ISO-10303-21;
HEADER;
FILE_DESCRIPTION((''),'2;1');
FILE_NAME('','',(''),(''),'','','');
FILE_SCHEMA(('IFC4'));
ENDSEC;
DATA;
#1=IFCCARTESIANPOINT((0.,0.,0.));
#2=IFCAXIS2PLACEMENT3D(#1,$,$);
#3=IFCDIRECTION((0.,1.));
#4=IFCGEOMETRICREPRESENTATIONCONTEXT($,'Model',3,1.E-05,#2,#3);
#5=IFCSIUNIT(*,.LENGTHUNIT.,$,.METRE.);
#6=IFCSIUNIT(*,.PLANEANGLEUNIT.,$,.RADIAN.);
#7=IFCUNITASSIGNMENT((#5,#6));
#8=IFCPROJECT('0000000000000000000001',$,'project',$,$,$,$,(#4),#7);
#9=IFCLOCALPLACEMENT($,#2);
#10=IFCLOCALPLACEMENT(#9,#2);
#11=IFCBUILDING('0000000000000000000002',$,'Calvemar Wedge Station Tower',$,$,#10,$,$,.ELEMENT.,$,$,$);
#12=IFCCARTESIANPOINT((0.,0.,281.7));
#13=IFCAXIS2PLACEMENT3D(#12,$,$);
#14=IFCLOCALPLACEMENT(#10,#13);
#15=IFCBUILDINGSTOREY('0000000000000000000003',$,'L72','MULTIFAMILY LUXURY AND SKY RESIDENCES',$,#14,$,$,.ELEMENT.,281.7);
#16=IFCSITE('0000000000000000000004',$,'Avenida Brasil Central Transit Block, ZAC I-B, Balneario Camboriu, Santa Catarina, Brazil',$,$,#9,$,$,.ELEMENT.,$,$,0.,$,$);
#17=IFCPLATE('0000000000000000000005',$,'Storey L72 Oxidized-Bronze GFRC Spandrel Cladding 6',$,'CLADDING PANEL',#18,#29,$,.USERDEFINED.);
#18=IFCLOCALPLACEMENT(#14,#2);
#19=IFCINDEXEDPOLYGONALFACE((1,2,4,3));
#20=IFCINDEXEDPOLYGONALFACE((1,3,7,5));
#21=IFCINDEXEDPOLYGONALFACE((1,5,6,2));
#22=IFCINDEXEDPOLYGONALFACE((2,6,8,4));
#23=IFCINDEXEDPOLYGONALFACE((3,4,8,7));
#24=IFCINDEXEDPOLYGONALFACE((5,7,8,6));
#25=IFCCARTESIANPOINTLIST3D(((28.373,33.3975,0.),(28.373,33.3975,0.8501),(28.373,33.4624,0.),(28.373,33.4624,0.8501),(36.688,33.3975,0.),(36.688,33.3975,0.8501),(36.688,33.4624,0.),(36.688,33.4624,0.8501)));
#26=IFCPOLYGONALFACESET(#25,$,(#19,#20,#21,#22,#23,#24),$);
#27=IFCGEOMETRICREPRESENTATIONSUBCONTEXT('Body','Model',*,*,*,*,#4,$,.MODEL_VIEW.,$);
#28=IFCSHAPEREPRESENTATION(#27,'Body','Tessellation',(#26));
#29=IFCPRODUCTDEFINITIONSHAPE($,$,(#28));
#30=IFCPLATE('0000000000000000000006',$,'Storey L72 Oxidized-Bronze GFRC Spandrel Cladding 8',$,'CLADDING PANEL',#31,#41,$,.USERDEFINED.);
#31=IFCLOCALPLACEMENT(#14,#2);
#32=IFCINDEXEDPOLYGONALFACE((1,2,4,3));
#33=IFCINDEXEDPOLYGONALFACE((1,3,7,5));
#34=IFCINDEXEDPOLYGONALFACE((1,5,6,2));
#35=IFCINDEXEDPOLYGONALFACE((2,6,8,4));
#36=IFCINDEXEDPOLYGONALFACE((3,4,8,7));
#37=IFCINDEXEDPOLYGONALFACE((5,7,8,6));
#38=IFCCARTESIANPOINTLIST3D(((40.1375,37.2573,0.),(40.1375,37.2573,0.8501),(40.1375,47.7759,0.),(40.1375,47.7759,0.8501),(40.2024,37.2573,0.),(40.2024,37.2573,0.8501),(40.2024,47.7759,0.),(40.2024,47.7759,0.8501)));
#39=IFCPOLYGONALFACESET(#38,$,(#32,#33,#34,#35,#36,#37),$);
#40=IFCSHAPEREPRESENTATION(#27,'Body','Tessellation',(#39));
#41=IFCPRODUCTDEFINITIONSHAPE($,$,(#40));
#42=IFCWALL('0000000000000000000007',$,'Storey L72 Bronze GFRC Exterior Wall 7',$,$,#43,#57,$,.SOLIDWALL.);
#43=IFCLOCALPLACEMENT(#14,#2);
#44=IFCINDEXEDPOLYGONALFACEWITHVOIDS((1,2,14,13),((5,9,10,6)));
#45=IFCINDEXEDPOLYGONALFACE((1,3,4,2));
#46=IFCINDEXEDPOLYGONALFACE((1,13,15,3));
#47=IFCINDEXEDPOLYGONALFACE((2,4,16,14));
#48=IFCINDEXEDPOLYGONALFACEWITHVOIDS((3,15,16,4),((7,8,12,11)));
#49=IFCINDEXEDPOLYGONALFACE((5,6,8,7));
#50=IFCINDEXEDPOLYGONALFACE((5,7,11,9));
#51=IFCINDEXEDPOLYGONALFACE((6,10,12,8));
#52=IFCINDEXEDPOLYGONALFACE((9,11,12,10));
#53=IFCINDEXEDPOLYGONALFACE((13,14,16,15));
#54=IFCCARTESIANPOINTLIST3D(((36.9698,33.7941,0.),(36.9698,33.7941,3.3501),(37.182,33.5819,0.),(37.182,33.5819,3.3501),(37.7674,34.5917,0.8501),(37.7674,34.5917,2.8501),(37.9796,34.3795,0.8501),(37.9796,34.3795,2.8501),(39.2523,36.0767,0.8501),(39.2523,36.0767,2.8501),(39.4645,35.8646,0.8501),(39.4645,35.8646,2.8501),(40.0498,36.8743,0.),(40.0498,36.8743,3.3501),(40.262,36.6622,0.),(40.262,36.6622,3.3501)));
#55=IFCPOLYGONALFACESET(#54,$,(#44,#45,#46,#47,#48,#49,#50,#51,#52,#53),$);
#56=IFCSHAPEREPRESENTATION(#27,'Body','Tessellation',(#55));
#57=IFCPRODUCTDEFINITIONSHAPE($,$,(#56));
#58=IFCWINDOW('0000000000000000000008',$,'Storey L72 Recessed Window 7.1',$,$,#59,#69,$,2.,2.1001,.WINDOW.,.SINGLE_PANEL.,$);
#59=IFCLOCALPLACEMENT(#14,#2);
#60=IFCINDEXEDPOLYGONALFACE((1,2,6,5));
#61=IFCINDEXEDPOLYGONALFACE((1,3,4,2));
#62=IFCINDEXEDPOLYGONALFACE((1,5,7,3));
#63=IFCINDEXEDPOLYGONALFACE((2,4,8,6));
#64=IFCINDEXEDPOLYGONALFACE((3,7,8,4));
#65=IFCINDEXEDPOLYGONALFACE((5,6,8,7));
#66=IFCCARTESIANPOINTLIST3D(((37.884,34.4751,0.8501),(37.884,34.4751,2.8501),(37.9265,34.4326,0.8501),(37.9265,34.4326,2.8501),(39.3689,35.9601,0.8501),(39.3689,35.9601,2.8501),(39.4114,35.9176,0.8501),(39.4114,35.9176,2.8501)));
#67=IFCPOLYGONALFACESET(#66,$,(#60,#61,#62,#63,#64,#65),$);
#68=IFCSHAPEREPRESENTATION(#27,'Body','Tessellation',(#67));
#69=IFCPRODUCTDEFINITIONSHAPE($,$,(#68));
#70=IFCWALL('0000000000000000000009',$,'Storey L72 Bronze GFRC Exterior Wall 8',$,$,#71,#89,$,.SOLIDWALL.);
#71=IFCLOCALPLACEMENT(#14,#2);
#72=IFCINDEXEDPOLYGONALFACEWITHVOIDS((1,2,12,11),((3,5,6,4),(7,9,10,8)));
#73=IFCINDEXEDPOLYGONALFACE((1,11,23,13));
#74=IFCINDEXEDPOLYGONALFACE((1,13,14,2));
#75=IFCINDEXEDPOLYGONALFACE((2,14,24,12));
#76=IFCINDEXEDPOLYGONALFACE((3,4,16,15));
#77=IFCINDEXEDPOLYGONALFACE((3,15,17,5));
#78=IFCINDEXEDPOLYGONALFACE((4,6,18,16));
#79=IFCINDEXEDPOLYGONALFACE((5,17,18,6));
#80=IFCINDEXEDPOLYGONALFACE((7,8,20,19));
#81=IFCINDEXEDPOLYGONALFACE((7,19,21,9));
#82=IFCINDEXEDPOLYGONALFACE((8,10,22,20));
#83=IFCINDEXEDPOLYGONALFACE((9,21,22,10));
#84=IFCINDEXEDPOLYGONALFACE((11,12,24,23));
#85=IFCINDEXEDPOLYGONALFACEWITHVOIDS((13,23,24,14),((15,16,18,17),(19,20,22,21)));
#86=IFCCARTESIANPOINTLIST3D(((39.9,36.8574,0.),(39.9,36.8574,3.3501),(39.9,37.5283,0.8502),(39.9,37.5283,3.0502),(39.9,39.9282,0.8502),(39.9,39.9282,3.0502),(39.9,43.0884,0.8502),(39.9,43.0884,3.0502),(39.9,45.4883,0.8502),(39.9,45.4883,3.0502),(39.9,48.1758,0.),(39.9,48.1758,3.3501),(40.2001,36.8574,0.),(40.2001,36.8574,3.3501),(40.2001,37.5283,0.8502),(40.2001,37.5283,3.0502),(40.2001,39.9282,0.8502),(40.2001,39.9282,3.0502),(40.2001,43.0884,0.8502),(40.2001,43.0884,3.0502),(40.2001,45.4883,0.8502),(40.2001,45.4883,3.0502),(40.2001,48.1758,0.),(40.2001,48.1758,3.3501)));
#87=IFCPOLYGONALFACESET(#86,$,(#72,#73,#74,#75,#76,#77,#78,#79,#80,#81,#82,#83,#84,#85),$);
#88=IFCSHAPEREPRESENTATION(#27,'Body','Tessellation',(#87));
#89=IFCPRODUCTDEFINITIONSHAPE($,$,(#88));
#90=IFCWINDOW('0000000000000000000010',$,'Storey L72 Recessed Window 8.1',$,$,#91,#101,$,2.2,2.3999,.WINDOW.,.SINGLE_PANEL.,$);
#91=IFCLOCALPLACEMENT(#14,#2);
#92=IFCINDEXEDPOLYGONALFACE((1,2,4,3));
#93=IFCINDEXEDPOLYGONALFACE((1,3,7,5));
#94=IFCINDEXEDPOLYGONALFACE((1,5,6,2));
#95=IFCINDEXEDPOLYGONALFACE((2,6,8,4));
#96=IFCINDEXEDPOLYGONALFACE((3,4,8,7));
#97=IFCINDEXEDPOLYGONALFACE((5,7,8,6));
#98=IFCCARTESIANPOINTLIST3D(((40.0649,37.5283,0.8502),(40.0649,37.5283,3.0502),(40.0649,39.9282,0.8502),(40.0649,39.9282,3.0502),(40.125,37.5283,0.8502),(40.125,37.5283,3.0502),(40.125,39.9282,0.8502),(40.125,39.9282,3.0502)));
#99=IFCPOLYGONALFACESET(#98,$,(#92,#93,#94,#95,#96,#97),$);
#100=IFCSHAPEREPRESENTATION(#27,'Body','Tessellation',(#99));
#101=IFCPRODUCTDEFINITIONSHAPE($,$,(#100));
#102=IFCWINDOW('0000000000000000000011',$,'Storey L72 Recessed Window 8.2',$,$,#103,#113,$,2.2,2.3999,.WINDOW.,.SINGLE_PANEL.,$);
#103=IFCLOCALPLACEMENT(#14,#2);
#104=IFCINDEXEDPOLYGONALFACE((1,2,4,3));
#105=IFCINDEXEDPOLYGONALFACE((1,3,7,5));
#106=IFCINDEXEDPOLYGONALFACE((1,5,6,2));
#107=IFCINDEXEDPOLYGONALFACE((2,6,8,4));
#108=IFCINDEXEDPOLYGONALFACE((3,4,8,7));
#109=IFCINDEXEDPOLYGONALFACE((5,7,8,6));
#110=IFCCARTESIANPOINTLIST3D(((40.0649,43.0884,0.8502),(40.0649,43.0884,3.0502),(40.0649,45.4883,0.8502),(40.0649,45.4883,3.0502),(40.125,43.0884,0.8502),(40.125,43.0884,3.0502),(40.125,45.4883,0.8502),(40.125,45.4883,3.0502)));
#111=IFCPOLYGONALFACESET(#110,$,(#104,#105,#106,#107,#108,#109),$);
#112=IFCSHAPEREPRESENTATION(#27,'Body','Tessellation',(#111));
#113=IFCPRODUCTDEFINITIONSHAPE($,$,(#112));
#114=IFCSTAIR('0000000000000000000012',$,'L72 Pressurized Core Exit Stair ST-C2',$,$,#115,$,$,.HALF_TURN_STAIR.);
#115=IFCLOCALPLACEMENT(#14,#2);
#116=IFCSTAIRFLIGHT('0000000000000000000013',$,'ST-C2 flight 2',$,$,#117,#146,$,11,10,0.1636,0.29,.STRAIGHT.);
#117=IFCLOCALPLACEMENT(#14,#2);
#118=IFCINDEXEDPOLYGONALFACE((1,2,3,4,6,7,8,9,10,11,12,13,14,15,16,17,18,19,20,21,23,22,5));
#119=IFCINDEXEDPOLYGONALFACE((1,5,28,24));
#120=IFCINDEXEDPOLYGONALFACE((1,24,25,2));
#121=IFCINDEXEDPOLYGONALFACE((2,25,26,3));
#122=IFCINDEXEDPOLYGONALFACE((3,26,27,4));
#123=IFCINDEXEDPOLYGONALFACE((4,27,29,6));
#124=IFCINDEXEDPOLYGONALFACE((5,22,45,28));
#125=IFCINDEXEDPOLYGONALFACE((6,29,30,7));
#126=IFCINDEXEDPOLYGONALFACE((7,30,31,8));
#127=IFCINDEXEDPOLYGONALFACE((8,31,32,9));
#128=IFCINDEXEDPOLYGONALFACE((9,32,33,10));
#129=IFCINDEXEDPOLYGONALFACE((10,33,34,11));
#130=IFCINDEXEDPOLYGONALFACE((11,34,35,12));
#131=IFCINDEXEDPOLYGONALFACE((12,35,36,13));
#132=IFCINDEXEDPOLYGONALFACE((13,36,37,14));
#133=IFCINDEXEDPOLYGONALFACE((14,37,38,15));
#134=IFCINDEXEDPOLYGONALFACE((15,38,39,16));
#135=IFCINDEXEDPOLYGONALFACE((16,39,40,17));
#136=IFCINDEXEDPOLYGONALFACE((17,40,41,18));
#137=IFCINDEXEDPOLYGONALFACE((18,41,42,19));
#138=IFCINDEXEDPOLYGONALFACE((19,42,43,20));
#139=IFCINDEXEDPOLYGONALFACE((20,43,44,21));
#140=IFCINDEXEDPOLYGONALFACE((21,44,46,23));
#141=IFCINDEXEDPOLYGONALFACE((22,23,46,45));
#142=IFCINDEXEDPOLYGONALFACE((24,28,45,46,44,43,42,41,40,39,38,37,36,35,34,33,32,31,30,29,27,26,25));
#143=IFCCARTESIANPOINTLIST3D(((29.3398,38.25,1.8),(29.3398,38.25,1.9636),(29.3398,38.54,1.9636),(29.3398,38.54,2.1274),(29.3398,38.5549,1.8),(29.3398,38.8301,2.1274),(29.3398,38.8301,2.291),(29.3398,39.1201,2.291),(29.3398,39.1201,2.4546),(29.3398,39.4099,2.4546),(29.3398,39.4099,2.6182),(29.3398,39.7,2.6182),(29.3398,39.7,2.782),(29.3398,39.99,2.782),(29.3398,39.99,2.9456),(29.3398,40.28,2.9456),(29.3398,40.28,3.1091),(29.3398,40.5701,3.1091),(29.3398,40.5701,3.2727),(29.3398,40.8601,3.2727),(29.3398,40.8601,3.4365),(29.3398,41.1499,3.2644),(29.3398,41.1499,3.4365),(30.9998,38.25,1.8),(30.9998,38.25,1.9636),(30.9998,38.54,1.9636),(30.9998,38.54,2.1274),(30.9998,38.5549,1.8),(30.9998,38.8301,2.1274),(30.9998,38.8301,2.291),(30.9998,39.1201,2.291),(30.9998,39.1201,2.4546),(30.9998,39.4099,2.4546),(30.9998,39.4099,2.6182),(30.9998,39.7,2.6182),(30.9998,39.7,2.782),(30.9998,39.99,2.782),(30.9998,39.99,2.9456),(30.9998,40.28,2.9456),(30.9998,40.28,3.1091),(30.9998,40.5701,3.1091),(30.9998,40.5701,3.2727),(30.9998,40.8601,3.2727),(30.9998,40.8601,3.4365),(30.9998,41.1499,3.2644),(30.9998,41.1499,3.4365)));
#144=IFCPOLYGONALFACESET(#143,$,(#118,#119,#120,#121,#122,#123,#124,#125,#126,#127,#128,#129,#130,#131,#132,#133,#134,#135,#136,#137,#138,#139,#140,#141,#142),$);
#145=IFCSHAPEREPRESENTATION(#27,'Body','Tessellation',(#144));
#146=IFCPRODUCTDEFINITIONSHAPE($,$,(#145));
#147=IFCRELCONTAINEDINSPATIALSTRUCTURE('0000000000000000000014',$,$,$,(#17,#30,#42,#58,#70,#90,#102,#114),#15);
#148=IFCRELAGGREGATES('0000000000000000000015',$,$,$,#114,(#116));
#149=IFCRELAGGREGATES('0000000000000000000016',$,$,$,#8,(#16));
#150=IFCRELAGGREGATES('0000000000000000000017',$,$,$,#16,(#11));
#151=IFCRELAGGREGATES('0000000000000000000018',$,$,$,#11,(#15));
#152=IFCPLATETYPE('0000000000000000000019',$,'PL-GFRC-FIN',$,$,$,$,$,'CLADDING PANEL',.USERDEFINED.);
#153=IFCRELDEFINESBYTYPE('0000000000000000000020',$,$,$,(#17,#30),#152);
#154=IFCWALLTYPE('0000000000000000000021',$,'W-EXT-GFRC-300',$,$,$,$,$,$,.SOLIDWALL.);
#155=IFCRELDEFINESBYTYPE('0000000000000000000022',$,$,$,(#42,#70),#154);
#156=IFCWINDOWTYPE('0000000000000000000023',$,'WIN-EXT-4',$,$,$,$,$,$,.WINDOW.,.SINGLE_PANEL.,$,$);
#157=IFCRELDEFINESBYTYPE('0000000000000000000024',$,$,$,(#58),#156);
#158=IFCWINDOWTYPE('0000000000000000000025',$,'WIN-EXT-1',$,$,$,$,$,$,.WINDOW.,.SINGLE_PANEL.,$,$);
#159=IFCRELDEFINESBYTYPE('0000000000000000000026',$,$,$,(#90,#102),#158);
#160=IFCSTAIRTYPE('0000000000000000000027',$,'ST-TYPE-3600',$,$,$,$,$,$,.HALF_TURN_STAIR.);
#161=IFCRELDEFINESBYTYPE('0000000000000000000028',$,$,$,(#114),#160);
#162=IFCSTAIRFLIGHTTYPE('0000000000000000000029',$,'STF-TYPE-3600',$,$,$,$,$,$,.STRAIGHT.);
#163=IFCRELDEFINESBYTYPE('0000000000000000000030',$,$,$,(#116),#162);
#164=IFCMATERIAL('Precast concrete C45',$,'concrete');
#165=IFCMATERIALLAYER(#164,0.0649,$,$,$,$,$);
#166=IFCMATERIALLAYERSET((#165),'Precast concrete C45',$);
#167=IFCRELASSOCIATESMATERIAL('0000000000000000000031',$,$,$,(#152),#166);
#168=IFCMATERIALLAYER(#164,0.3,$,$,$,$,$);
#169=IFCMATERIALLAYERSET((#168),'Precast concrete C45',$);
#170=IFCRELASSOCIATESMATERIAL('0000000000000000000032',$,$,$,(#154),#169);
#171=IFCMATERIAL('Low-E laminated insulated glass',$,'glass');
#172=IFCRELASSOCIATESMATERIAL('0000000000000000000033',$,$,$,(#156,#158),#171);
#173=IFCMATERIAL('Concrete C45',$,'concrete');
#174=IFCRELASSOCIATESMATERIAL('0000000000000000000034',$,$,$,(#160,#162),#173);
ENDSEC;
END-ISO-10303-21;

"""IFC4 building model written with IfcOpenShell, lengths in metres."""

from ifc_helpers import new_model, si_unit, direction, frame, frame_2d, origin, place, context, subcontext, project, spatial, polyline, rectangle, outline, extrude, source, transform, mapped, material, layer, layer_set, type_object, element, fill, aggregate, save


model = new_model("IFC4")

# Units and contexts
model_context = context("Model", 3, precision=1e-05, world=origin(), true_north=direction((0.0, 1.0)))
body_context = subcontext(model_context, "Body", "Model", "MODEL_VIEW")
ifc_project = project(units=[si_unit("LENGTHUNIT", "METRE"), si_unit("PLANEANGLEUNIT", "RADIAN")], contexts=[model_context])

# Site, building, storey
site_placement = place(None, origin())
site = spatial("IfcSite", under=ifc_project, at=site_placement, Name="Avenida Brasil Central Transit Block, ZAC I-B, Balneario Camboriu, Santa Catarina, Brazil", CompositionType="ELEMENT", RefElevation=0.0)
building_placement = place(site_placement, origin())
building = spatial("IfcBuilding", under=site, at=building_placement, Name="Calvemar Wedge Station Tower", CompositionType="ELEMENT")
storey_placement = place(building_placement, frame((0.0, 0.0, 281.7)))
storey = spatial("IfcBuildingStorey", under=building, at=storey_placement, Name="L72", Description="MULTIFAMILY LUXURY AND SKY RESIDENCES", CompositionType="ELEMENT", Elevation=281.7)

# Plates
ifc_material_1 = material(Name="Precast concrete C45", Category="concrete")
ifc_layer_1 = layer(ifc_material_1, 0.0649)
ifc_layer_set_1 = layer_set([ifc_layer_1], Name="Precast concrete C45")
plate_type = type_object("IfcPlateType", Name="PL-GFRC-FIN", ElementType="CLADDING PANEL", PredefinedType="USERDEFINED", material=ifc_layer_set_1)
plate_1_placement = place(storey_placement, frame((28.373, 33.4299, 0.0), z_axis=(0.0, 0.0, 1.0), x_axis=(1.0, 0.0, 0.0)))
element("IfcPlate", 1, at=plate_1_placement, inside=storey, type_object=plate_type, Name="Storey L72 Oxidized-Bronze GFRC Spandrel Cladding 6", ObjectType="CLADDING PANEL", PredefinedType="USERDEFINED", context=body_context, shape_type="SweptSolid", body=[
    extrude(rectangle(XDim=8.3149, YDim=0.0649, at=frame_2d((4.1575, 0.0))), origin(), (0.0, 0.0, 1.0), 0.8501),
])
plate_2_placement = place(storey_placement, frame((40.1699, 37.2573, 0.0), z_axis=(0.0, 0.0, 1.0), x_axis=(0.0, 1.0, 0.0)))
element("IfcPlate", 2, at=plate_2_placement, inside=storey, type_object=plate_type, Name="Storey L72 Oxidized-Bronze GFRC Spandrel Cladding 8", ObjectType="CLADDING PANEL", PredefinedType="USERDEFINED", context=body_context, shape_type="SweptSolid", body=[
    extrude(rectangle(XDim=10.5186, YDim=0.0649, at=frame_2d((5.2593, 0.0))), origin(), (0.0, 0.0, 1.0), 0.8501),
])

# Wall, opening, window
ifc_layer_2 = layer(ifc_material_1, 0.3)
ifc_layer_set_2 = layer_set([ifc_layer_2], Name="Precast concrete C45")
wall_type_1 = type_object("IfcWallType", Name="W-EXT-GFRC-300", PredefinedType="SOLIDWALL", material=ifc_layer_set_2)
wall_1_placement = place(storey_placement, frame((37.0759, 33.688, 0.0), z_axis=(0.0, 0.0, 1.0), x_axis=(0.707079, 0.707135, 0.0)))
wall_1 = element("IfcWall", 3, at=wall_1_placement, inside=storey, type_object=wall_type_1, Name="Storey L72 Bronze GFRC Exterior Wall 7", PredefinedType="SOLIDWALL", context=body_context, shape_type="SweptSolid", body=[
    extrude(rectangle(XDim=4.356, YDim=0.3, at=frame_2d((2.178, 0.0))), origin(), (0.0, 0.0, 1.0), 3.3501),
])
shared_shape_1 = source(origin(), body_context, "Body", "SweptSolid", [
    extrude(rectangle(XDim=2.1001, YDim=2.0, at=frame_2d((1.05, 1.0))), frame((0.0, 0.1602, 0.0), z_axis=(0.0, -1.0, 0.0), x_axis=(1.0, 0.0, 0.0)), (0.0, 0.0, 1.0), 0.3201),
])
opening_1_placement = place(wall_1_placement, frame((1.1279, 0.0, 0.8501)))
opening_1 = element("IfcOpeningElement", 4, at=opening_1_placement, cuts=wall_1, PredefinedType="OPENING", context=body_context, shape_type="MappedRepresentation", body=[
    mapped(shared_shape_1, transform((0.0, 0.0, 0.0), scale=1.0)),
])
ifc_material_2 = material(Name="Low-E laminated insulated glass", Category="glass")
window_type_1 = type_object("IfcWindowType", Name="WIN-EXT-4", PartitioningType="SINGLE_PANEL", PredefinedType="WINDOW", material=ifc_material_2)
shared_shape_2 = source(origin(), body_context, "Body", "SweptSolid", [
    extrude(rectangle(XDim=2.1001, YDim=2.0, at=frame_2d((1.05, 1.0))), frame((0.0, -0.0149, 0.0), z_axis=(0.0, -1.0, 0.0), x_axis=(1.0, 0.0, 0.0)), (0.0, 0.0, 1.0), 0.0601),
])
window_1_placement = place(opening_1_placement, origin())
window_1 = element("IfcWindow", 5, at=window_1_placement, inside=storey, type_object=window_type_1, Name="Storey L72 Recessed Window 7.1", OverallHeight=2.0, OverallWidth=2.1001, PartitioningType="SINGLE_PANEL", PredefinedType="WINDOW", context=body_context, shape_type="MappedRepresentation", body=[
    mapped(shared_shape_2, transform((0.0, 0.0, 0.0), scale=1.0)),
])
fill(opening_1, window_1)

# Wall, openings, windows
wall_2_placement = place(storey_placement, frame((40.05, 36.8574, 0.0), z_axis=(0.0, 0.0, 1.0), x_axis=(0.0, 1.0, 0.0)))
wall_2 = element("IfcWall", 6, at=wall_2_placement, inside=storey, type_object=wall_type_1, Name="Storey L72 Bronze GFRC Exterior Wall 8", PredefinedType="SOLIDWALL", context=body_context, shape_type="SweptSolid", body=[
    extrude(rectangle(XDim=11.3184, YDim=0.3, at=frame_2d((5.6592, 0.0))), origin(), (0.0, 0.0, 1.0), 3.3501),
])
shared_shape_3 = source(origin(), body_context, "Body", "SweptSolid", [
    extrude(rectangle(XDim=2.3999, YDim=2.2, at=frame_2d((1.2, 1.1001))), frame((0.0, 0.1602, 0.0), z_axis=(0.0, -1.0, 0.0), x_axis=(1.0, 0.0, 0.0)), (0.0, 0.0, 1.0), 0.3201),
])
opening_2_placement = place(wall_2_placement, frame((0.6709, 0.0, 0.8501)))
opening_2 = element("IfcOpeningElement", 7, at=opening_2_placement, cuts=wall_2, PredefinedType="OPENING", context=body_context, shape_type="MappedRepresentation", body=[
    mapped(shared_shape_3, transform((0.0, 0.0, 0.0), scale=1.0)),
])
opening_3_placement = place(wall_2_placement, frame((6.231, 0.0, 0.8501)))
opening_3 = element("IfcOpeningElement", 8, at=opening_3_placement, cuts=wall_2, PredefinedType="OPENING", context=body_context, shape_type="MappedRepresentation", body=[
    mapped(shared_shape_3, transform((0.0, 0.0, 0.0), scale=1.0)),
])
window_type_2 = type_object("IfcWindowType", Name="WIN-EXT-1", PartitioningType="SINGLE_PANEL", PredefinedType="WINDOW", material=ifc_material_2)
shared_shape_4 = source(origin(), body_context, "Body", "SweptSolid", [
    extrude(rectangle(XDim=2.3999, YDim=2.2, at=frame_2d((1.2, 1.1001))), frame((0.0, -0.0149, 0.0), z_axis=(0.0, -1.0, 0.0), x_axis=(1.0, 0.0, 0.0)), (0.0, 0.0, 1.0), 0.0601),
])
window_2_placement = place(opening_2_placement, origin())
window_2 = element("IfcWindow", 9, at=window_2_placement, inside=storey, type_object=window_type_2, Name="Storey L72 Recessed Window 8.1", OverallHeight=2.2, OverallWidth=2.3999, PartitioningType="SINGLE_PANEL", PredefinedType="WINDOW", context=body_context, shape_type="MappedRepresentation", body=[
    mapped(shared_shape_4, transform((0.0, 0.0, 0.0), scale=1.0)),
])
fill(opening_2, window_2)
window_3_placement = place(opening_3_placement, origin())
window_3 = element("IfcWindow", 10, at=window_3_placement, inside=storey, type_object=window_type_2, Name="Storey L72 Recessed Window 8.2", OverallHeight=2.2, OverallWidth=2.3999, PartitioningType="SINGLE_PANEL", PredefinedType="WINDOW", context=body_context, shape_type="MappedRepresentation", body=[
    mapped(shared_shape_4, transform((0.0, 0.0, 0.0), scale=1.0)),
])
fill(opening_3, window_3)

# Stair, stair flight
ifc_material_3 = material(Name="Concrete C45", Category="concrete")
stair_type = type_object("IfcStairType", Name="ST-TYPE-3600", PredefinedType="HALF_TURN_STAIR", material=ifc_material_3)
stair_placement = place(storey_placement, origin())
stair = element("IfcStair", 11, at=stair_placement, inside=storey, type_object=stair_type, Name="L72 Pressurized Core Exit Stair ST-C2", PredefinedType="HALF_TURN_STAIR")
stair_flight_type = type_object("IfcStairFlightType", Name="STF-TYPE-3600", PredefinedType="STRAIGHT", material=ifc_material_3)
stair_flight_placement = place(storey_placement, frame((30.1699, 38.25, 1.8), z_axis=(0.0, 0.0, 1.0), x_axis=(0.0, 1.0, 0.0)))
stair_flight = element("IfcStairFlight", 12, at=stair_flight_placement, type_object=stair_flight_type, Name="ST-C2 flight 2", NumberOfRisers=11, NumberOfTreads=10, PredefinedType="STRAIGHT", RiserHeight=0.1636, TreadLength=0.29, context=body_context, shape_type="SweptSolid", body=[
    extrude(outline(polyline([(0.0, 0.0), (0.0, 0.1636), (0.29, 0.1636), (0.29, 0.3274), (0.5801, 0.3274), (0.5801, 0.491), (0.8701, 0.491), (0.8701, 0.6545), (1.1599, 0.6545), (1.1599, 0.8181), (1.45, 0.8181), (1.45, 0.9819), (1.74, 0.9819), (1.74, 1.1455), (2.03, 1.1455), (2.03, 1.3091), (2.3201, 1.3091), (2.3201, 1.4727), (2.6101, 1.4727), (2.6101, 1.6365), (2.8999, 1.6365), (2.8999, 1.8), (2.8999, 1.4644), (0.3049, 0.0), (0.0, 0.0)])), frame((0.0, 0.8301, 0.0), z_axis=(0.0, -1.0, 0.0), x_axis=(1.0, 0.0, 0.0)), (0.0, 0.0, 1.0), 1.6599),
])
aggregate(stair, [stair_flight])

save(model, "model.ifc")
